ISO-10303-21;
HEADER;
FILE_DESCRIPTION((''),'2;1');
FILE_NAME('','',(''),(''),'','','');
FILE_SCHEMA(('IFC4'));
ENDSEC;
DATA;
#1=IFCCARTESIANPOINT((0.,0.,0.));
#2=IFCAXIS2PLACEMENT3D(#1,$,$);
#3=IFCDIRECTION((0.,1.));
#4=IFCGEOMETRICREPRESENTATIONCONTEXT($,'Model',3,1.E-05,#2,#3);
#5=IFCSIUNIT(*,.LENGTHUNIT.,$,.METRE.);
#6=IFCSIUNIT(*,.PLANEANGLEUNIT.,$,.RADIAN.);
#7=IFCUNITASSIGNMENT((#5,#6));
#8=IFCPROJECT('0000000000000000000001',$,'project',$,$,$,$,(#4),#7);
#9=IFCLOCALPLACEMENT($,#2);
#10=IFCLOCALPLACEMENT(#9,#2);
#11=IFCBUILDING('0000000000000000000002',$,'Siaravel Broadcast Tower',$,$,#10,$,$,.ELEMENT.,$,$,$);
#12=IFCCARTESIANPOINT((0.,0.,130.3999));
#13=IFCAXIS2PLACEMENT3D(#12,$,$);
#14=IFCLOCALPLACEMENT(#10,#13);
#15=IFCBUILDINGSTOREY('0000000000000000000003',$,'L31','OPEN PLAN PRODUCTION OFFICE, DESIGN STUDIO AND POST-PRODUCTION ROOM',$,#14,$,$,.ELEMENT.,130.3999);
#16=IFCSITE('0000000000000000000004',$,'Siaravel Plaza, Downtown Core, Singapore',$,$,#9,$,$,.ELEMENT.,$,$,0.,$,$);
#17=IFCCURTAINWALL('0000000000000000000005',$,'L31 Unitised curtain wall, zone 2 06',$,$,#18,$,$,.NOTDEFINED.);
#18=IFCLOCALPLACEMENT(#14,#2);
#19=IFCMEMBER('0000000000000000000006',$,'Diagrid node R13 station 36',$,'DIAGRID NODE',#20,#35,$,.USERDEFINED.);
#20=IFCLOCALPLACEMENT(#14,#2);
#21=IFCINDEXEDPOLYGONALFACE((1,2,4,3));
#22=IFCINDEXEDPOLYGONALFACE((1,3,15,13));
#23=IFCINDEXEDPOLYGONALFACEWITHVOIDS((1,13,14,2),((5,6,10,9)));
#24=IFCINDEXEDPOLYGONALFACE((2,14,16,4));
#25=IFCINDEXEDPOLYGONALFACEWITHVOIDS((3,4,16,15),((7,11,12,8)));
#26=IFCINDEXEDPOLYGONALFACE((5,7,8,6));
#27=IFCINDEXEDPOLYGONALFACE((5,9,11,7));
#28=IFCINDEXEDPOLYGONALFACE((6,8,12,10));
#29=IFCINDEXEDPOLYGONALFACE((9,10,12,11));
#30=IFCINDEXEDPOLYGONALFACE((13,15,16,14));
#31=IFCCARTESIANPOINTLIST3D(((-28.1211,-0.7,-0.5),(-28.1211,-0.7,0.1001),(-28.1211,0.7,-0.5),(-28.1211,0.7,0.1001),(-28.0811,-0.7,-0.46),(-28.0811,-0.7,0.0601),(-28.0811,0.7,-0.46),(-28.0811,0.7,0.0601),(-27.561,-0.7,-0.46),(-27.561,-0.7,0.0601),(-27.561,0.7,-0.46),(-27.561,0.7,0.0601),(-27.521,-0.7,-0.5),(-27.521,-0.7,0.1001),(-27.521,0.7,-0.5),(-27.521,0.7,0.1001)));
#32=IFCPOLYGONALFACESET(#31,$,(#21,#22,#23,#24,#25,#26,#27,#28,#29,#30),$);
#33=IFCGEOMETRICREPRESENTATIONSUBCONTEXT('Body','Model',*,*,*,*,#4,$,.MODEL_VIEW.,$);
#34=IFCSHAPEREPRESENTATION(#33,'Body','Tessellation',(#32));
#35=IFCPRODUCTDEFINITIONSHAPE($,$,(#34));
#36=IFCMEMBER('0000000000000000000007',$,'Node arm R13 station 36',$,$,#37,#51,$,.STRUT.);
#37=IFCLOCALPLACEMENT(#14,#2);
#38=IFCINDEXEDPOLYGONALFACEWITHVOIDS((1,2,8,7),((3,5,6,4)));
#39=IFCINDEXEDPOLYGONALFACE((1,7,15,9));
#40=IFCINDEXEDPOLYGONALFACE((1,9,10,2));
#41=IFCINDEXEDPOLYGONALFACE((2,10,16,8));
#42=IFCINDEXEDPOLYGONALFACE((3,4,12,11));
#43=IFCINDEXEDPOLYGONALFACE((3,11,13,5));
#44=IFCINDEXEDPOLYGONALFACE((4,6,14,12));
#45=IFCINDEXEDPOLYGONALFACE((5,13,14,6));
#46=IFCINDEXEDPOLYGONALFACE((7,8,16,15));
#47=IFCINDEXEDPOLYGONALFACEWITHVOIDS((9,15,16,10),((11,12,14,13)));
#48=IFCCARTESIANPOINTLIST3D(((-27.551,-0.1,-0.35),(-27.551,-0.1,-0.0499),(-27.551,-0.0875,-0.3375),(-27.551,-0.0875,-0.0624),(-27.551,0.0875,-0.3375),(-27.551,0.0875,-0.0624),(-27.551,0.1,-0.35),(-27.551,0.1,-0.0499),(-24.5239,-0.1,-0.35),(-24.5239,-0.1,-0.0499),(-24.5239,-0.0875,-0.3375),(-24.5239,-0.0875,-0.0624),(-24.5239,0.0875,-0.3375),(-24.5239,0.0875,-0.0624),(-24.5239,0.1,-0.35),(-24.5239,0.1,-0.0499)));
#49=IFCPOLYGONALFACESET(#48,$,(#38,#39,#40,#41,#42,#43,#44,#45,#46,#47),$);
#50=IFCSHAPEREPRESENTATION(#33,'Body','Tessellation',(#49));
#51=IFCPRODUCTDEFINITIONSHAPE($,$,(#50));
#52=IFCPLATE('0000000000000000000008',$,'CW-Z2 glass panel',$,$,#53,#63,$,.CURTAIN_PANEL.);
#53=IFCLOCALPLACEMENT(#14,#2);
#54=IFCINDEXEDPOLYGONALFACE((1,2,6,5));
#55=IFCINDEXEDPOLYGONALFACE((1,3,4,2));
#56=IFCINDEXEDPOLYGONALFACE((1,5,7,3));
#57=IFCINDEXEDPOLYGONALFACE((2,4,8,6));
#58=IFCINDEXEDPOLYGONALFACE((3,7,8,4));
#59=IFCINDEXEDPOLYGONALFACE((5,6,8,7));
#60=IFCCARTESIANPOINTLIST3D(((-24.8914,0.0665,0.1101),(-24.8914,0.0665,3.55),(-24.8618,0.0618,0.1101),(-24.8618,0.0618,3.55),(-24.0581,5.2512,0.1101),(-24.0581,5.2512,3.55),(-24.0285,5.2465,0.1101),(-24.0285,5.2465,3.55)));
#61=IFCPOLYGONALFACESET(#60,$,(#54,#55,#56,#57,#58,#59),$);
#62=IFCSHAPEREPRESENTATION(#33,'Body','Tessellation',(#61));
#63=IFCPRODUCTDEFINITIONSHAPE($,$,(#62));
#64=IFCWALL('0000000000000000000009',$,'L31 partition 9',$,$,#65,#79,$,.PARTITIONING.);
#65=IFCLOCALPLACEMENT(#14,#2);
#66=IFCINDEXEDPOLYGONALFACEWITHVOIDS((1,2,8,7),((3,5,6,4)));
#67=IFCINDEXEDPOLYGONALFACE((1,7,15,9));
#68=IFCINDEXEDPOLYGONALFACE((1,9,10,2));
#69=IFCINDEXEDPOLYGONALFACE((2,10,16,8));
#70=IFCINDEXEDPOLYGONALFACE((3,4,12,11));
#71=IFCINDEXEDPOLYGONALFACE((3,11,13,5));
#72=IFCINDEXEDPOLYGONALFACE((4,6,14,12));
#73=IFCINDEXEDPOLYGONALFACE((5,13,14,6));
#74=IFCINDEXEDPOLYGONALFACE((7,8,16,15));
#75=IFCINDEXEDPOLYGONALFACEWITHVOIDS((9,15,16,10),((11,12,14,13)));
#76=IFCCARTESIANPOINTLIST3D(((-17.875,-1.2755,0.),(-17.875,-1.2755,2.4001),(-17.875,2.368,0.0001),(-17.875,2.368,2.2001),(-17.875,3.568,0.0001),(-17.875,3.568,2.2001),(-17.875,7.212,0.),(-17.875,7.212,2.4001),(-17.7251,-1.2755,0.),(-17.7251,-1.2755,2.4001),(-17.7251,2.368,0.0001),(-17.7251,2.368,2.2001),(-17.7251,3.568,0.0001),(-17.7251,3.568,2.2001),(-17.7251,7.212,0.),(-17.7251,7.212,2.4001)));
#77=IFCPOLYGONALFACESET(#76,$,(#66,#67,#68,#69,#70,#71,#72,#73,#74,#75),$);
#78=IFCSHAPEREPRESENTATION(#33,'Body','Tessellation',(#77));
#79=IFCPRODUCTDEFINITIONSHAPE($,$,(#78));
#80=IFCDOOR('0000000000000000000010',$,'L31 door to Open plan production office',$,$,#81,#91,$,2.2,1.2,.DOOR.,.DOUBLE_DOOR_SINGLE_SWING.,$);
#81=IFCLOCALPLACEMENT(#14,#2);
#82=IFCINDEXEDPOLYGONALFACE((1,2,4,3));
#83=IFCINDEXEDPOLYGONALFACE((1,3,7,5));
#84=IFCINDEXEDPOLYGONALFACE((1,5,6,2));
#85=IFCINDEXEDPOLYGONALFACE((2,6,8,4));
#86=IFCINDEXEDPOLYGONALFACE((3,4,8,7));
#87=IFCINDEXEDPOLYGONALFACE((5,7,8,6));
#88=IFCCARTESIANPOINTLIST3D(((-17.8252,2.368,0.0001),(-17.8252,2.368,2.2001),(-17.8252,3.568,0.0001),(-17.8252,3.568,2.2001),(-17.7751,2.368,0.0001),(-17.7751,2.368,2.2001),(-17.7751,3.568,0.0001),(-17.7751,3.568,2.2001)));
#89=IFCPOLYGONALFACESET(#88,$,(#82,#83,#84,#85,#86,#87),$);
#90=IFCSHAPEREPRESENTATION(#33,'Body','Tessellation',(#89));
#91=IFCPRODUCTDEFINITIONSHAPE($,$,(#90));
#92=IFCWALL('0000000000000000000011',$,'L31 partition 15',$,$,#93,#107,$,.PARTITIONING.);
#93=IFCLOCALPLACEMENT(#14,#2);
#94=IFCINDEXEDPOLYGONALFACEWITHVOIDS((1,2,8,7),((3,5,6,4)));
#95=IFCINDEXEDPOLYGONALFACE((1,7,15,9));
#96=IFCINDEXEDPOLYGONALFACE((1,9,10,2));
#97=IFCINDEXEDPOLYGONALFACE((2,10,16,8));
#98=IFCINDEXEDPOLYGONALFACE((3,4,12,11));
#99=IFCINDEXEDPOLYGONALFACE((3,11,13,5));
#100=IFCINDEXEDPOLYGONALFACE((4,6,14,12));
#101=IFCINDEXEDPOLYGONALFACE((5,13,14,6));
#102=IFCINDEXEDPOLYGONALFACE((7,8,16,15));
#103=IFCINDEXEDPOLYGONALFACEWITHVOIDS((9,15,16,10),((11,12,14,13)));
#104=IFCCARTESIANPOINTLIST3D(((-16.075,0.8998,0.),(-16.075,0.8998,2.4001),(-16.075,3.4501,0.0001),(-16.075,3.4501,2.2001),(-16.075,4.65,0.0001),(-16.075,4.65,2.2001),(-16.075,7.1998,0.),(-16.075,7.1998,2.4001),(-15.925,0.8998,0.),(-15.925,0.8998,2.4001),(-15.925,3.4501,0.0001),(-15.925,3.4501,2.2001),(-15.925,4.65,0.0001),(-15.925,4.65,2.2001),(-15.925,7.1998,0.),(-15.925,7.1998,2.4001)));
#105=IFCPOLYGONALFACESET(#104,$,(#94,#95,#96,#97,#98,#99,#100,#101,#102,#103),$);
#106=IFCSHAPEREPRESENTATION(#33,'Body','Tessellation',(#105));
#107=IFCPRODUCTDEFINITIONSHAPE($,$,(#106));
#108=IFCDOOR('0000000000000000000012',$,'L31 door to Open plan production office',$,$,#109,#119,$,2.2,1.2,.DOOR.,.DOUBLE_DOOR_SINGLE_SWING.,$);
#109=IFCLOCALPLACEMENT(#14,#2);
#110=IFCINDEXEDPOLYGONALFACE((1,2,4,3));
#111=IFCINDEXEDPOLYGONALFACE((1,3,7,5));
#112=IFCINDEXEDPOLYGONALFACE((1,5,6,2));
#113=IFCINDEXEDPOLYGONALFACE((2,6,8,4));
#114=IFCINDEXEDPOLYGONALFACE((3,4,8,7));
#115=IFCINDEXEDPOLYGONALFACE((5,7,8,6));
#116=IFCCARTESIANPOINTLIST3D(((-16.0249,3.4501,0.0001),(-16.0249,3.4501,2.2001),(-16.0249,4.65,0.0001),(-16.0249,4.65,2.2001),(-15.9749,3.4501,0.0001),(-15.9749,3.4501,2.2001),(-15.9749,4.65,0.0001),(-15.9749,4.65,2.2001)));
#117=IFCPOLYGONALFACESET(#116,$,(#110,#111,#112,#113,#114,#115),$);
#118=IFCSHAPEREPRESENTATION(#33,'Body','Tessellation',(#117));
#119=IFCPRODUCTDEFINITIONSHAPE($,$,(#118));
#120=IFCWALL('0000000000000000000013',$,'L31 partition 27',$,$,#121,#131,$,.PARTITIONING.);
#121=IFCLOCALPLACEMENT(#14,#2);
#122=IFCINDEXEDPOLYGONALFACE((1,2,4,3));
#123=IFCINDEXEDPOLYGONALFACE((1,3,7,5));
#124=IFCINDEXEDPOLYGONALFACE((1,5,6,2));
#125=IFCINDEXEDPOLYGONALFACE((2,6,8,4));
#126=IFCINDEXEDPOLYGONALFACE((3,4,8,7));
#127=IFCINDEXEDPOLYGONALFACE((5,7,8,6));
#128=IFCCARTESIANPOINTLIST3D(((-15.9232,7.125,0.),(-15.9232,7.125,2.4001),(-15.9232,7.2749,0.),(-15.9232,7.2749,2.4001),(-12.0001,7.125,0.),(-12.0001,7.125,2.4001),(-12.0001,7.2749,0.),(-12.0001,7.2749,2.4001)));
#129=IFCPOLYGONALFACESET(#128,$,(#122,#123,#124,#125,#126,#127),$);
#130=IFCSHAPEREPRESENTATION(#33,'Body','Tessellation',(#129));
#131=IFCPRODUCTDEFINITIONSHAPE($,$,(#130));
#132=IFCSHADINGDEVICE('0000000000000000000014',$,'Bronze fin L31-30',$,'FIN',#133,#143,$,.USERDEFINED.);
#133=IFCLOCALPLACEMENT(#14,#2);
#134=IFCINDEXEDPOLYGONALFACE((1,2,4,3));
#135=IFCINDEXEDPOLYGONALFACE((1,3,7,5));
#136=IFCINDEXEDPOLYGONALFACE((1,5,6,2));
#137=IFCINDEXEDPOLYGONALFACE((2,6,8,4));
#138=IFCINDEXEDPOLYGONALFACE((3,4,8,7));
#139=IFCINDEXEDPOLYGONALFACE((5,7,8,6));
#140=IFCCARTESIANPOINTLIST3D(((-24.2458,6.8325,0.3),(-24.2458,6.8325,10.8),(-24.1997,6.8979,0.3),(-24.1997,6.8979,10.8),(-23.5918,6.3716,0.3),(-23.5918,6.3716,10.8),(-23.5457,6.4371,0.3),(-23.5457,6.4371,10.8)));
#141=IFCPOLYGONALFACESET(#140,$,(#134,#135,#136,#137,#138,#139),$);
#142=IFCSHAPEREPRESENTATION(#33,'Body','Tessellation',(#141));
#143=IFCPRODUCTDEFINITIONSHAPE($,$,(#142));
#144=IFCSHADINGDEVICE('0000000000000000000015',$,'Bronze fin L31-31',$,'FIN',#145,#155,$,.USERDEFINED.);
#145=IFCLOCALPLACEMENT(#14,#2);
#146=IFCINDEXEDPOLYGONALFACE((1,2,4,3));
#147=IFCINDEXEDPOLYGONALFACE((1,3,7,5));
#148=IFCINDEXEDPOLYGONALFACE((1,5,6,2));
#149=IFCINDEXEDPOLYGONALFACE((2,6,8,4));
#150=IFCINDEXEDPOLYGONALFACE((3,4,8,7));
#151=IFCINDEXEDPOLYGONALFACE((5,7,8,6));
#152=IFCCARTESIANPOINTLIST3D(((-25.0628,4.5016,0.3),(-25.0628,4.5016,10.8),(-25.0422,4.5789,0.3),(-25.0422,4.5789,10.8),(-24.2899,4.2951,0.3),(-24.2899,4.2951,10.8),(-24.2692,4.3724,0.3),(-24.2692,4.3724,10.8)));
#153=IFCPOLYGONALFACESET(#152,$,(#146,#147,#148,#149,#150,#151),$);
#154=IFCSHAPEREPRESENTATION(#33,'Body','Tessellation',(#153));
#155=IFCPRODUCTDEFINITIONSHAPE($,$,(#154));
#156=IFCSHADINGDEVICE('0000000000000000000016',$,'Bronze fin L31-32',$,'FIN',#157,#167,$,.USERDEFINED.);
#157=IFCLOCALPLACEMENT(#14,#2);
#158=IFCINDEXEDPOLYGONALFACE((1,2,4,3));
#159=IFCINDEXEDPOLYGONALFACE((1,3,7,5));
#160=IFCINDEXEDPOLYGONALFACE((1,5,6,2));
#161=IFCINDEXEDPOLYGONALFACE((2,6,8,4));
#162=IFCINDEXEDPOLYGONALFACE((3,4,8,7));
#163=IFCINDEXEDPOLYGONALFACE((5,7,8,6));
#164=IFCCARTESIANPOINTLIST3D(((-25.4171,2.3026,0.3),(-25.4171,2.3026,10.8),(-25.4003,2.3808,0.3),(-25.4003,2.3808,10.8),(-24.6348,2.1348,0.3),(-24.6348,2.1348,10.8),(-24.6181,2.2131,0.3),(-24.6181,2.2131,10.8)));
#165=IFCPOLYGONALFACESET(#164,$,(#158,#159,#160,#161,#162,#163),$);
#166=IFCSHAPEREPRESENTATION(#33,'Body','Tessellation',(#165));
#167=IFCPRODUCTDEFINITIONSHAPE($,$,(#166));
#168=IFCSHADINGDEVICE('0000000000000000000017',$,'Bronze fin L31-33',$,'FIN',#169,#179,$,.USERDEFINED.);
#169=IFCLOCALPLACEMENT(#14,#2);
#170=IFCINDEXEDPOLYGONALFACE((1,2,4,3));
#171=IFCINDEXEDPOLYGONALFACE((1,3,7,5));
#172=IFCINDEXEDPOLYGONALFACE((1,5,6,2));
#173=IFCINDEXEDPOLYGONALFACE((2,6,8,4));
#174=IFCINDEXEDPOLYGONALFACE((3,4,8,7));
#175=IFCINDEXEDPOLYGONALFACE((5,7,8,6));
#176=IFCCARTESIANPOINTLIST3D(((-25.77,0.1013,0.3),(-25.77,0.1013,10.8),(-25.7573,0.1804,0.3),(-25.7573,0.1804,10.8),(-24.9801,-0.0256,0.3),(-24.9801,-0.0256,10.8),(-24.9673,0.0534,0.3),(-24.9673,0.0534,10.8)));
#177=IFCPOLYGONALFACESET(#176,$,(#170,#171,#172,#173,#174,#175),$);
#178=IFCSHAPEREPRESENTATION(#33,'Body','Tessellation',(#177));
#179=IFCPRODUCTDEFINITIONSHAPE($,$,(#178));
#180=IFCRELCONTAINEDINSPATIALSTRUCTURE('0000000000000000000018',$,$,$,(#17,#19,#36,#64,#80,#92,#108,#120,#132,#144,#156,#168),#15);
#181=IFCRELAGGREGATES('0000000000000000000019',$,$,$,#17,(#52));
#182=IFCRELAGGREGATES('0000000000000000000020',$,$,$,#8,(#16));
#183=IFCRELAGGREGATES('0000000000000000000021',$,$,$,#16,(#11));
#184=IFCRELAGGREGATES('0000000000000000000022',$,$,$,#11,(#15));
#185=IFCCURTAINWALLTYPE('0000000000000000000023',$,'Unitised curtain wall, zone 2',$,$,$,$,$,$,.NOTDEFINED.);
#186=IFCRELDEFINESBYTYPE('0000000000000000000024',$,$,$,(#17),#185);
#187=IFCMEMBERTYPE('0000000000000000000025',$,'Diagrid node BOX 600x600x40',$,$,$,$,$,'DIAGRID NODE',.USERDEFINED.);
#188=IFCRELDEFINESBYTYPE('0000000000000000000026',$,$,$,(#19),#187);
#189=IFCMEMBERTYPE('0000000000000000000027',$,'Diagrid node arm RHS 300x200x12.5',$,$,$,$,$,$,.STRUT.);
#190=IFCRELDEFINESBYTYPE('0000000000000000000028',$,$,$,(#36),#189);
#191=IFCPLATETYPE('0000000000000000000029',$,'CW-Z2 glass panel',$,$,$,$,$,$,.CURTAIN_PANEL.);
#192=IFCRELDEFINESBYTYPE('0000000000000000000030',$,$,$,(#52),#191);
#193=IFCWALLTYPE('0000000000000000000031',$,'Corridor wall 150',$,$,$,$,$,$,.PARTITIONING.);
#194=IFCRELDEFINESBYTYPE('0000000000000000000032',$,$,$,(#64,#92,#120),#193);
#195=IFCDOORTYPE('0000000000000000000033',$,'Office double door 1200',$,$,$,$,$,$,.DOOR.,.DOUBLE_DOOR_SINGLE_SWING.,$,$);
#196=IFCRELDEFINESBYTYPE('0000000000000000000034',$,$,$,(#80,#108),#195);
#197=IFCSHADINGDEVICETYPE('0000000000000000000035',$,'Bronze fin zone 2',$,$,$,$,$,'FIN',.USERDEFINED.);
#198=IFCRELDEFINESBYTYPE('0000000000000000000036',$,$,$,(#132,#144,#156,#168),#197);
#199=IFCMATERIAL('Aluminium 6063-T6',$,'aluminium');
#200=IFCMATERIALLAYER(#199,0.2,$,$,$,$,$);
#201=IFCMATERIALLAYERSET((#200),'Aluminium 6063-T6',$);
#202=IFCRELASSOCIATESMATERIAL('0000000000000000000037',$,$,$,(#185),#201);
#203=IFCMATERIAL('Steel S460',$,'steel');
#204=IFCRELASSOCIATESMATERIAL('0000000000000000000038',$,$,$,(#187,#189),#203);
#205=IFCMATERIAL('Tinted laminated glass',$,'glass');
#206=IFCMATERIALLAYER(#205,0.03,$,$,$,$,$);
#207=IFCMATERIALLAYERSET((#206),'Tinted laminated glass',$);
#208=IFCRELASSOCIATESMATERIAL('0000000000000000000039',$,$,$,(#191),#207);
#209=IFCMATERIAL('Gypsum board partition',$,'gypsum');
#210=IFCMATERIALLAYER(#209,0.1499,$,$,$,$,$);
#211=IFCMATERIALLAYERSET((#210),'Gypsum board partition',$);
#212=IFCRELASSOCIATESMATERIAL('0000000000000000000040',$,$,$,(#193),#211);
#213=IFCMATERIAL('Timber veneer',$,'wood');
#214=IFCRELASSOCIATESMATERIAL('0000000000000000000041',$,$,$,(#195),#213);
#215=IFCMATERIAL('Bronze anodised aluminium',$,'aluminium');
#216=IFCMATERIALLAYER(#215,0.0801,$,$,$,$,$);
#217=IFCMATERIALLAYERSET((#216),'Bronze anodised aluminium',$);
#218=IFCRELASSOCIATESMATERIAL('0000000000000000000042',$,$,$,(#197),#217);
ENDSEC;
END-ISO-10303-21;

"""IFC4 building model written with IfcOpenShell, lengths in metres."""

from ifc_helpers import new_model, si_unit, direction, frame, frame_2d, origin, origin_2d, place, context, subcontext, project, spatial, rectangle, hollow_rectangle, extrude, material, layer, layer_set, material_profile, profile_set, type_object, element, fill, aggregate, save


model = new_model("IFC4")

# Units and contexts
model_context = context("Model", 3, precision=1e-05, world=origin(), true_north=direction((0.0, 1.0)))
body_context = subcontext(model_context, "Body", "Model", "MODEL_VIEW")
ifc_project = project(units=[si_unit("LENGTHUNIT", "METRE"), si_unit("PLANEANGLEUNIT", "RADIAN")], contexts=[model_context])

# Site, building, storey
site_placement = place(None, origin())
site = spatial("IfcSite", under=ifc_project, at=site_placement, Name="Siaravel Plaza, Downtown Core, Singapore", CompositionType="ELEMENT", RefElevation=0.0)
building_placement = place(site_placement, origin())
building = spatial("IfcBuilding", under=site, at=building_placement, Name="Siaravel Broadcast Tower", CompositionType="ELEMENT")
storey_placement = place(building_placement, frame((0.0, 0.0, 130.3999)))
storey = spatial("IfcBuildingStorey", under=building, at=storey_placement, Name="L31", Description="OPEN PLAN PRODUCTION OFFICE, DESIGN STUDIO AND POST-PRODUCTION ROOM", CompositionType="ELEMENT", Elevation=130.3999)

# Curtain wall
ifc_material_1 = material(Name="Aluminium 6063-T6", Category="aluminium")
ifc_layer_1 = layer(ifc_material_1, 0.2)
ifc_layer_set_1 = layer_set([ifc_layer_1], Name="Aluminium 6063-T6")
curtain_wall_type = type_object("IfcCurtainWallType", Name="Unitised curtain wall, zone 2", PredefinedType="NOTDEFINED", material=ifc_layer_set_1)
curtain_wall_1_placement = place(storey_placement, origin())
curtain_wall_1 = element("IfcCurtainWall", 1, at=curtain_wall_1_placement, inside=storey, type_object=curtain_wall_type, Name="L31 Unitised curtain wall, zone 2 06", PredefinedType="NOTDEFINED")

# Members
ifc_material_2 = material(Name="Steel S460", Category="steel")
ifc_material_profile_1 = material_profile(ifc_material_2, hollow_rectangle(XDim=0.6001, YDim=0.6001, WallThickness=0.04, at=origin_2d()))
ifc_profile_set_1 = profile_set([ifc_material_profile_1], Name="Steel S460")
member_type_1 = type_object("IfcMemberType", Name="Diagrid node BOX 600x600x40", ElementType="DIAGRID NODE", PredefinedType="USERDEFINED", material=ifc_profile_set_1)
member_1_placement = place(storey_placement, frame((-27.821, 0.7, -0.2), z_axis=(0.0, -1.0, 0.0), x_axis=(1.0, 0.0, 0.0)))
element("IfcMember", 2, at=member_1_placement, inside=storey, type_object=member_type_1, Name="Diagrid node R13 station 36", ObjectType="DIAGRID NODE", PredefinedType="USERDEFINED", context=body_context, shape_type="SweptSolid", body=[
    extrude(hollow_rectangle(XDim=0.6001, YDim=0.6001, WallThickness=0.04, at=origin_2d()), origin(), (0.0, 0.0, 1.0), 1.3999),
])
ifc_material_profile_2 = material_profile(ifc_material_2, hollow_rectangle(XDim=0.2, YDim=0.3, WallThickness=0.0125, at=origin_2d()))
ifc_profile_set_2 = profile_set([ifc_material_profile_2], Name="Steel S460")
member_type_2 = type_object("IfcMemberType", Name="Diagrid node arm RHS 300x200x12.5", PredefinedType="STRUT", material=ifc_profile_set_2)
member_2_placement = place(storey_placement, frame((-24.5239, 0.0, -0.2), z_axis=(-1.0, 0.0, 0.0), x_axis=(0.0, -1.0, 0.0)))
element("IfcMember", 3, at=member_2_placement, inside=storey, type_object=member_type_2, Name="Node arm R13 station 36", PredefinedType="STRUT", context=body_context, shape_type="SweptSolid", body=[
    extrude(hollow_rectangle(XDim=0.2, YDim=0.3, WallThickness=0.0125, at=origin_2d()), origin(), (0.0, 0.0, 1.0), 3.0271),
])

# Plate
ifc_material_3 = material(Name="Tinted laminated glass", Category="glass")
ifc_layer_2 = layer(ifc_material_3, 0.03)
ifc_layer_set_2 = layer_set([ifc_layer_2], Name="Tinted laminated glass")
plate_type = type_object("IfcPlateType", Name="CW-Z2 glass panel", PredefinedType="CURTAIN_PANEL", material=ifc_layer_set_2)
plate_placement = place(storey_placement, frame((-24.46, 2.6565, 0.1101), z_axis=(0.0, 0.0, 1.0), x_axis=(-0.158685, -0.987329, 0.0)))
plate = element("IfcPlate", 4, at=plate_placement, type_object=plate_type, Name="CW-Z2 glass panel", PredefinedType="CURTAIN_PANEL", context=body_context, shape_type="SweptSolid", body=[
    extrude(rectangle(XDim=5.2512, YDim=0.03, at=origin_2d()), origin(), (0.0, 0.0, 1.0), 3.4399),
])
aggregate(curtain_wall_1, [plate])

# Walls, openings, doors
ifc_material_4 = material(Name="Gypsum board partition", Category="gypsum")
ifc_layer_3 = layer(ifc_material_4, 0.1499)
ifc_layer_set_3 = layer_set([ifc_layer_3], Name="Gypsum board partition")
wall_type = type_object("IfcWallType", Name="Corridor wall 150", PredefinedType="PARTITIONING", material=ifc_layer_set_3)
wall_1_placement = place(storey_placement, frame((-17.8, 7.2119, 0.0), z_axis=(0.0, 0.0, 1.0), x_axis=(0.0, -1.0, 0.0)))
wall_1 = element("IfcWall", 5, at=wall_1_placement, inside=storey, type_object=wall_type, Name="L31 partition 9", PredefinedType="PARTITIONING", context=body_context, shape_type="SweptSolid", body=[
    extrude(rectangle(XDim=8.4875, YDim=0.1499, at=frame_2d((4.2437, 0.0))), origin(), (0.0, 0.0, 1.0), 2.4001),
])
opening_1_placement = place(wall_1_placement, frame((3.6438, 0.0, 0.0)))
opening_1 = element("IfcOpeningElement", 6, at=opening_1_placement, cuts=wall_1, PredefinedType="OPENING", context=body_context, shape_type="SweptSolid", body=[
    extrude(rectangle(XDim=1.2, YDim=2.2, at=frame_2d((0.6001, 1.1001))), frame((0.0, 0.085, 0.0), z_axis=(0.0, -1.0, 0.0), x_axis=(1.0, 0.0, 0.0)), (0.0, 0.0, 1.0), 0.1699),
])
ifc_material_5 = material(Name="Timber veneer", Category="wood")
door_type = type_object("IfcDoorType", Name="Office double door 1200", OperationType="DOUBLE_DOOR_SINGLE_SWING", PredefinedType="DOOR", material=ifc_material_5)
door_1_placement = place(opening_1_placement, origin())
door_1 = element("IfcDoor", 7, at=door_1_placement, inside=storey, type_object=door_type, Name="L31 door to Open plan production office", OperationType="DOUBLE_DOOR_SINGLE_SWING", OverallHeight=2.2, OverallWidth=1.2, PredefinedType="DOOR", context=body_context, shape_type="SweptSolid", body=[
    extrude(rectangle(XDim=1.2, YDim=2.2, at=frame_2d((0.6001, 1.1001))), frame((0.0, 0.0249, 0.0), z_axis=(0.0, -1.0, 0.0), x_axis=(1.0, 0.0, 0.0)), (0.0, 0.0, 1.0), 0.05),
])
fill(opening_1, door_1)
wall_2_placement = place(storey_placement, frame((-16.0, 0.8999, 0.0), z_axis=(0.0, 0.0, 1.0), x_axis=(0.0, 1.0, 0.0)))
wall_2 = element("IfcWall", 8, at=wall_2_placement, inside=storey, type_object=wall_type, Name="L31 partition 15", PredefinedType="PARTITIONING", context=body_context, shape_type="SweptSolid", body=[
    extrude(rectangle(XDim=6.3, YDim=0.1499, at=frame_2d((3.1499, 0.0))), origin(), (0.0, 0.0, 1.0), 2.4001),
])
opening_2_placement = place(wall_2_placement, frame((2.55, 0.0, 0.0)))
opening_2 = element("IfcOpeningElement", 9, at=opening_2_placement, cuts=wall_2, PredefinedType="OPENING", context=body_context, shape_type="SweptSolid", body=[
    extrude(rectangle(XDim=1.2, YDim=2.2, at=frame_2d((0.6001, 1.1001))), frame((0.0, 0.085, 0.0), z_axis=(0.0, -1.0, 0.0), x_axis=(1.0, 0.0, 0.0)), (0.0, 0.0, 1.0), 0.1699),
])
door_2_placement = place(opening_2_placement, origin())
door_2 = element("IfcDoor", 10, at=door_2_placement, inside=storey, type_object=door_type, Name="L31 door to Open plan production office", OperationType="DOUBLE_DOOR_SINGLE_SWING", OverallHeight=2.2, OverallWidth=1.2, PredefinedType="DOOR", context=body_context, shape_type="SweptSolid", body=[
    extrude(rectangle(XDim=1.2, YDim=2.2, at=frame_2d((0.6001, 1.1001))), frame((0.0, 0.0249, 0.0), z_axis=(0.0, -1.0, 0.0), x_axis=(1.0, 0.0, 0.0)), (0.0, 0.0, 1.0), 0.05),
])
fill(opening_2, door_2)

# Wall
wall_3_placement = place(storey_placement, frame((-15.9231, 7.2, 0.0), z_axis=(0.0, 0.0, 1.0), x_axis=(1.0, 0.0, 0.0)))
element("IfcWall", 11, at=wall_3_placement, inside=storey, type_object=wall_type, Name="L31 partition 27", PredefinedType="PARTITIONING", context=body_context, shape_type="SweptSolid", body=[
    extrude(rectangle(XDim=3.9231, YDim=0.1499, at=frame_2d((1.9614, 0.0))), origin(), (0.0, 0.0, 1.0), 2.4001),
])

# Shading devices
ifc_material_6 = material(Name="Bronze anodised aluminium", Category="aluminium")
ifc_layer_4 = layer(ifc_material_6, 0.0801)
ifc_layer_set_4 = layer_set([ifc_layer_4], Name="Bronze anodised aluminium")
shading_device_type = type_object("IfcShadingDeviceType", Name="Bronze fin zone 2", ElementType="FIN", PredefinedType="USERDEFINED", material=ifc_layer_set_4)
for number, where, z_axis, x_axis, name in (
    (12, (-23.8958, 6.6348, 0.3), (0.0, 0.0, 1.0), (-0.817417, 0.576046, 0.0), "Bronze fin L31-30"),
    (13, (-24.666, 4.437, 0.3), (0.0, 0.0, 1.0), (-0.966118, 0.258102, 0.0), "Bronze fin L31-31"),
    (14, (-25.0176, 2.2578, 0.3), (0.0, 0.0, 1.0), (-0.977765, 0.209704, 0.0), "Bronze fin L31-32"),
    (15, (-25.3687, 0.0774, 0.3), (0.0, 0.0, 1.0), (-0.987329, 0.158685, 0.0), "Bronze fin L31-33"),
):
    element("IfcShadingDevice", number, at=place(storey_placement, frame(where, z_axis=z_axis, x_axis=x_axis)), inside=storey, type_object=shading_device_type, Name=name, ObjectType="FIN", PredefinedType="USERDEFINED", context=body_context, shape_type="SweptSolid", body=[
        extrude(rectangle(XDim=0.8, YDim=0.0801, at=origin_2d()), origin(), (0.0, 0.0, 1.0), 10.5),
    ])

save(model, "model.ifc")
